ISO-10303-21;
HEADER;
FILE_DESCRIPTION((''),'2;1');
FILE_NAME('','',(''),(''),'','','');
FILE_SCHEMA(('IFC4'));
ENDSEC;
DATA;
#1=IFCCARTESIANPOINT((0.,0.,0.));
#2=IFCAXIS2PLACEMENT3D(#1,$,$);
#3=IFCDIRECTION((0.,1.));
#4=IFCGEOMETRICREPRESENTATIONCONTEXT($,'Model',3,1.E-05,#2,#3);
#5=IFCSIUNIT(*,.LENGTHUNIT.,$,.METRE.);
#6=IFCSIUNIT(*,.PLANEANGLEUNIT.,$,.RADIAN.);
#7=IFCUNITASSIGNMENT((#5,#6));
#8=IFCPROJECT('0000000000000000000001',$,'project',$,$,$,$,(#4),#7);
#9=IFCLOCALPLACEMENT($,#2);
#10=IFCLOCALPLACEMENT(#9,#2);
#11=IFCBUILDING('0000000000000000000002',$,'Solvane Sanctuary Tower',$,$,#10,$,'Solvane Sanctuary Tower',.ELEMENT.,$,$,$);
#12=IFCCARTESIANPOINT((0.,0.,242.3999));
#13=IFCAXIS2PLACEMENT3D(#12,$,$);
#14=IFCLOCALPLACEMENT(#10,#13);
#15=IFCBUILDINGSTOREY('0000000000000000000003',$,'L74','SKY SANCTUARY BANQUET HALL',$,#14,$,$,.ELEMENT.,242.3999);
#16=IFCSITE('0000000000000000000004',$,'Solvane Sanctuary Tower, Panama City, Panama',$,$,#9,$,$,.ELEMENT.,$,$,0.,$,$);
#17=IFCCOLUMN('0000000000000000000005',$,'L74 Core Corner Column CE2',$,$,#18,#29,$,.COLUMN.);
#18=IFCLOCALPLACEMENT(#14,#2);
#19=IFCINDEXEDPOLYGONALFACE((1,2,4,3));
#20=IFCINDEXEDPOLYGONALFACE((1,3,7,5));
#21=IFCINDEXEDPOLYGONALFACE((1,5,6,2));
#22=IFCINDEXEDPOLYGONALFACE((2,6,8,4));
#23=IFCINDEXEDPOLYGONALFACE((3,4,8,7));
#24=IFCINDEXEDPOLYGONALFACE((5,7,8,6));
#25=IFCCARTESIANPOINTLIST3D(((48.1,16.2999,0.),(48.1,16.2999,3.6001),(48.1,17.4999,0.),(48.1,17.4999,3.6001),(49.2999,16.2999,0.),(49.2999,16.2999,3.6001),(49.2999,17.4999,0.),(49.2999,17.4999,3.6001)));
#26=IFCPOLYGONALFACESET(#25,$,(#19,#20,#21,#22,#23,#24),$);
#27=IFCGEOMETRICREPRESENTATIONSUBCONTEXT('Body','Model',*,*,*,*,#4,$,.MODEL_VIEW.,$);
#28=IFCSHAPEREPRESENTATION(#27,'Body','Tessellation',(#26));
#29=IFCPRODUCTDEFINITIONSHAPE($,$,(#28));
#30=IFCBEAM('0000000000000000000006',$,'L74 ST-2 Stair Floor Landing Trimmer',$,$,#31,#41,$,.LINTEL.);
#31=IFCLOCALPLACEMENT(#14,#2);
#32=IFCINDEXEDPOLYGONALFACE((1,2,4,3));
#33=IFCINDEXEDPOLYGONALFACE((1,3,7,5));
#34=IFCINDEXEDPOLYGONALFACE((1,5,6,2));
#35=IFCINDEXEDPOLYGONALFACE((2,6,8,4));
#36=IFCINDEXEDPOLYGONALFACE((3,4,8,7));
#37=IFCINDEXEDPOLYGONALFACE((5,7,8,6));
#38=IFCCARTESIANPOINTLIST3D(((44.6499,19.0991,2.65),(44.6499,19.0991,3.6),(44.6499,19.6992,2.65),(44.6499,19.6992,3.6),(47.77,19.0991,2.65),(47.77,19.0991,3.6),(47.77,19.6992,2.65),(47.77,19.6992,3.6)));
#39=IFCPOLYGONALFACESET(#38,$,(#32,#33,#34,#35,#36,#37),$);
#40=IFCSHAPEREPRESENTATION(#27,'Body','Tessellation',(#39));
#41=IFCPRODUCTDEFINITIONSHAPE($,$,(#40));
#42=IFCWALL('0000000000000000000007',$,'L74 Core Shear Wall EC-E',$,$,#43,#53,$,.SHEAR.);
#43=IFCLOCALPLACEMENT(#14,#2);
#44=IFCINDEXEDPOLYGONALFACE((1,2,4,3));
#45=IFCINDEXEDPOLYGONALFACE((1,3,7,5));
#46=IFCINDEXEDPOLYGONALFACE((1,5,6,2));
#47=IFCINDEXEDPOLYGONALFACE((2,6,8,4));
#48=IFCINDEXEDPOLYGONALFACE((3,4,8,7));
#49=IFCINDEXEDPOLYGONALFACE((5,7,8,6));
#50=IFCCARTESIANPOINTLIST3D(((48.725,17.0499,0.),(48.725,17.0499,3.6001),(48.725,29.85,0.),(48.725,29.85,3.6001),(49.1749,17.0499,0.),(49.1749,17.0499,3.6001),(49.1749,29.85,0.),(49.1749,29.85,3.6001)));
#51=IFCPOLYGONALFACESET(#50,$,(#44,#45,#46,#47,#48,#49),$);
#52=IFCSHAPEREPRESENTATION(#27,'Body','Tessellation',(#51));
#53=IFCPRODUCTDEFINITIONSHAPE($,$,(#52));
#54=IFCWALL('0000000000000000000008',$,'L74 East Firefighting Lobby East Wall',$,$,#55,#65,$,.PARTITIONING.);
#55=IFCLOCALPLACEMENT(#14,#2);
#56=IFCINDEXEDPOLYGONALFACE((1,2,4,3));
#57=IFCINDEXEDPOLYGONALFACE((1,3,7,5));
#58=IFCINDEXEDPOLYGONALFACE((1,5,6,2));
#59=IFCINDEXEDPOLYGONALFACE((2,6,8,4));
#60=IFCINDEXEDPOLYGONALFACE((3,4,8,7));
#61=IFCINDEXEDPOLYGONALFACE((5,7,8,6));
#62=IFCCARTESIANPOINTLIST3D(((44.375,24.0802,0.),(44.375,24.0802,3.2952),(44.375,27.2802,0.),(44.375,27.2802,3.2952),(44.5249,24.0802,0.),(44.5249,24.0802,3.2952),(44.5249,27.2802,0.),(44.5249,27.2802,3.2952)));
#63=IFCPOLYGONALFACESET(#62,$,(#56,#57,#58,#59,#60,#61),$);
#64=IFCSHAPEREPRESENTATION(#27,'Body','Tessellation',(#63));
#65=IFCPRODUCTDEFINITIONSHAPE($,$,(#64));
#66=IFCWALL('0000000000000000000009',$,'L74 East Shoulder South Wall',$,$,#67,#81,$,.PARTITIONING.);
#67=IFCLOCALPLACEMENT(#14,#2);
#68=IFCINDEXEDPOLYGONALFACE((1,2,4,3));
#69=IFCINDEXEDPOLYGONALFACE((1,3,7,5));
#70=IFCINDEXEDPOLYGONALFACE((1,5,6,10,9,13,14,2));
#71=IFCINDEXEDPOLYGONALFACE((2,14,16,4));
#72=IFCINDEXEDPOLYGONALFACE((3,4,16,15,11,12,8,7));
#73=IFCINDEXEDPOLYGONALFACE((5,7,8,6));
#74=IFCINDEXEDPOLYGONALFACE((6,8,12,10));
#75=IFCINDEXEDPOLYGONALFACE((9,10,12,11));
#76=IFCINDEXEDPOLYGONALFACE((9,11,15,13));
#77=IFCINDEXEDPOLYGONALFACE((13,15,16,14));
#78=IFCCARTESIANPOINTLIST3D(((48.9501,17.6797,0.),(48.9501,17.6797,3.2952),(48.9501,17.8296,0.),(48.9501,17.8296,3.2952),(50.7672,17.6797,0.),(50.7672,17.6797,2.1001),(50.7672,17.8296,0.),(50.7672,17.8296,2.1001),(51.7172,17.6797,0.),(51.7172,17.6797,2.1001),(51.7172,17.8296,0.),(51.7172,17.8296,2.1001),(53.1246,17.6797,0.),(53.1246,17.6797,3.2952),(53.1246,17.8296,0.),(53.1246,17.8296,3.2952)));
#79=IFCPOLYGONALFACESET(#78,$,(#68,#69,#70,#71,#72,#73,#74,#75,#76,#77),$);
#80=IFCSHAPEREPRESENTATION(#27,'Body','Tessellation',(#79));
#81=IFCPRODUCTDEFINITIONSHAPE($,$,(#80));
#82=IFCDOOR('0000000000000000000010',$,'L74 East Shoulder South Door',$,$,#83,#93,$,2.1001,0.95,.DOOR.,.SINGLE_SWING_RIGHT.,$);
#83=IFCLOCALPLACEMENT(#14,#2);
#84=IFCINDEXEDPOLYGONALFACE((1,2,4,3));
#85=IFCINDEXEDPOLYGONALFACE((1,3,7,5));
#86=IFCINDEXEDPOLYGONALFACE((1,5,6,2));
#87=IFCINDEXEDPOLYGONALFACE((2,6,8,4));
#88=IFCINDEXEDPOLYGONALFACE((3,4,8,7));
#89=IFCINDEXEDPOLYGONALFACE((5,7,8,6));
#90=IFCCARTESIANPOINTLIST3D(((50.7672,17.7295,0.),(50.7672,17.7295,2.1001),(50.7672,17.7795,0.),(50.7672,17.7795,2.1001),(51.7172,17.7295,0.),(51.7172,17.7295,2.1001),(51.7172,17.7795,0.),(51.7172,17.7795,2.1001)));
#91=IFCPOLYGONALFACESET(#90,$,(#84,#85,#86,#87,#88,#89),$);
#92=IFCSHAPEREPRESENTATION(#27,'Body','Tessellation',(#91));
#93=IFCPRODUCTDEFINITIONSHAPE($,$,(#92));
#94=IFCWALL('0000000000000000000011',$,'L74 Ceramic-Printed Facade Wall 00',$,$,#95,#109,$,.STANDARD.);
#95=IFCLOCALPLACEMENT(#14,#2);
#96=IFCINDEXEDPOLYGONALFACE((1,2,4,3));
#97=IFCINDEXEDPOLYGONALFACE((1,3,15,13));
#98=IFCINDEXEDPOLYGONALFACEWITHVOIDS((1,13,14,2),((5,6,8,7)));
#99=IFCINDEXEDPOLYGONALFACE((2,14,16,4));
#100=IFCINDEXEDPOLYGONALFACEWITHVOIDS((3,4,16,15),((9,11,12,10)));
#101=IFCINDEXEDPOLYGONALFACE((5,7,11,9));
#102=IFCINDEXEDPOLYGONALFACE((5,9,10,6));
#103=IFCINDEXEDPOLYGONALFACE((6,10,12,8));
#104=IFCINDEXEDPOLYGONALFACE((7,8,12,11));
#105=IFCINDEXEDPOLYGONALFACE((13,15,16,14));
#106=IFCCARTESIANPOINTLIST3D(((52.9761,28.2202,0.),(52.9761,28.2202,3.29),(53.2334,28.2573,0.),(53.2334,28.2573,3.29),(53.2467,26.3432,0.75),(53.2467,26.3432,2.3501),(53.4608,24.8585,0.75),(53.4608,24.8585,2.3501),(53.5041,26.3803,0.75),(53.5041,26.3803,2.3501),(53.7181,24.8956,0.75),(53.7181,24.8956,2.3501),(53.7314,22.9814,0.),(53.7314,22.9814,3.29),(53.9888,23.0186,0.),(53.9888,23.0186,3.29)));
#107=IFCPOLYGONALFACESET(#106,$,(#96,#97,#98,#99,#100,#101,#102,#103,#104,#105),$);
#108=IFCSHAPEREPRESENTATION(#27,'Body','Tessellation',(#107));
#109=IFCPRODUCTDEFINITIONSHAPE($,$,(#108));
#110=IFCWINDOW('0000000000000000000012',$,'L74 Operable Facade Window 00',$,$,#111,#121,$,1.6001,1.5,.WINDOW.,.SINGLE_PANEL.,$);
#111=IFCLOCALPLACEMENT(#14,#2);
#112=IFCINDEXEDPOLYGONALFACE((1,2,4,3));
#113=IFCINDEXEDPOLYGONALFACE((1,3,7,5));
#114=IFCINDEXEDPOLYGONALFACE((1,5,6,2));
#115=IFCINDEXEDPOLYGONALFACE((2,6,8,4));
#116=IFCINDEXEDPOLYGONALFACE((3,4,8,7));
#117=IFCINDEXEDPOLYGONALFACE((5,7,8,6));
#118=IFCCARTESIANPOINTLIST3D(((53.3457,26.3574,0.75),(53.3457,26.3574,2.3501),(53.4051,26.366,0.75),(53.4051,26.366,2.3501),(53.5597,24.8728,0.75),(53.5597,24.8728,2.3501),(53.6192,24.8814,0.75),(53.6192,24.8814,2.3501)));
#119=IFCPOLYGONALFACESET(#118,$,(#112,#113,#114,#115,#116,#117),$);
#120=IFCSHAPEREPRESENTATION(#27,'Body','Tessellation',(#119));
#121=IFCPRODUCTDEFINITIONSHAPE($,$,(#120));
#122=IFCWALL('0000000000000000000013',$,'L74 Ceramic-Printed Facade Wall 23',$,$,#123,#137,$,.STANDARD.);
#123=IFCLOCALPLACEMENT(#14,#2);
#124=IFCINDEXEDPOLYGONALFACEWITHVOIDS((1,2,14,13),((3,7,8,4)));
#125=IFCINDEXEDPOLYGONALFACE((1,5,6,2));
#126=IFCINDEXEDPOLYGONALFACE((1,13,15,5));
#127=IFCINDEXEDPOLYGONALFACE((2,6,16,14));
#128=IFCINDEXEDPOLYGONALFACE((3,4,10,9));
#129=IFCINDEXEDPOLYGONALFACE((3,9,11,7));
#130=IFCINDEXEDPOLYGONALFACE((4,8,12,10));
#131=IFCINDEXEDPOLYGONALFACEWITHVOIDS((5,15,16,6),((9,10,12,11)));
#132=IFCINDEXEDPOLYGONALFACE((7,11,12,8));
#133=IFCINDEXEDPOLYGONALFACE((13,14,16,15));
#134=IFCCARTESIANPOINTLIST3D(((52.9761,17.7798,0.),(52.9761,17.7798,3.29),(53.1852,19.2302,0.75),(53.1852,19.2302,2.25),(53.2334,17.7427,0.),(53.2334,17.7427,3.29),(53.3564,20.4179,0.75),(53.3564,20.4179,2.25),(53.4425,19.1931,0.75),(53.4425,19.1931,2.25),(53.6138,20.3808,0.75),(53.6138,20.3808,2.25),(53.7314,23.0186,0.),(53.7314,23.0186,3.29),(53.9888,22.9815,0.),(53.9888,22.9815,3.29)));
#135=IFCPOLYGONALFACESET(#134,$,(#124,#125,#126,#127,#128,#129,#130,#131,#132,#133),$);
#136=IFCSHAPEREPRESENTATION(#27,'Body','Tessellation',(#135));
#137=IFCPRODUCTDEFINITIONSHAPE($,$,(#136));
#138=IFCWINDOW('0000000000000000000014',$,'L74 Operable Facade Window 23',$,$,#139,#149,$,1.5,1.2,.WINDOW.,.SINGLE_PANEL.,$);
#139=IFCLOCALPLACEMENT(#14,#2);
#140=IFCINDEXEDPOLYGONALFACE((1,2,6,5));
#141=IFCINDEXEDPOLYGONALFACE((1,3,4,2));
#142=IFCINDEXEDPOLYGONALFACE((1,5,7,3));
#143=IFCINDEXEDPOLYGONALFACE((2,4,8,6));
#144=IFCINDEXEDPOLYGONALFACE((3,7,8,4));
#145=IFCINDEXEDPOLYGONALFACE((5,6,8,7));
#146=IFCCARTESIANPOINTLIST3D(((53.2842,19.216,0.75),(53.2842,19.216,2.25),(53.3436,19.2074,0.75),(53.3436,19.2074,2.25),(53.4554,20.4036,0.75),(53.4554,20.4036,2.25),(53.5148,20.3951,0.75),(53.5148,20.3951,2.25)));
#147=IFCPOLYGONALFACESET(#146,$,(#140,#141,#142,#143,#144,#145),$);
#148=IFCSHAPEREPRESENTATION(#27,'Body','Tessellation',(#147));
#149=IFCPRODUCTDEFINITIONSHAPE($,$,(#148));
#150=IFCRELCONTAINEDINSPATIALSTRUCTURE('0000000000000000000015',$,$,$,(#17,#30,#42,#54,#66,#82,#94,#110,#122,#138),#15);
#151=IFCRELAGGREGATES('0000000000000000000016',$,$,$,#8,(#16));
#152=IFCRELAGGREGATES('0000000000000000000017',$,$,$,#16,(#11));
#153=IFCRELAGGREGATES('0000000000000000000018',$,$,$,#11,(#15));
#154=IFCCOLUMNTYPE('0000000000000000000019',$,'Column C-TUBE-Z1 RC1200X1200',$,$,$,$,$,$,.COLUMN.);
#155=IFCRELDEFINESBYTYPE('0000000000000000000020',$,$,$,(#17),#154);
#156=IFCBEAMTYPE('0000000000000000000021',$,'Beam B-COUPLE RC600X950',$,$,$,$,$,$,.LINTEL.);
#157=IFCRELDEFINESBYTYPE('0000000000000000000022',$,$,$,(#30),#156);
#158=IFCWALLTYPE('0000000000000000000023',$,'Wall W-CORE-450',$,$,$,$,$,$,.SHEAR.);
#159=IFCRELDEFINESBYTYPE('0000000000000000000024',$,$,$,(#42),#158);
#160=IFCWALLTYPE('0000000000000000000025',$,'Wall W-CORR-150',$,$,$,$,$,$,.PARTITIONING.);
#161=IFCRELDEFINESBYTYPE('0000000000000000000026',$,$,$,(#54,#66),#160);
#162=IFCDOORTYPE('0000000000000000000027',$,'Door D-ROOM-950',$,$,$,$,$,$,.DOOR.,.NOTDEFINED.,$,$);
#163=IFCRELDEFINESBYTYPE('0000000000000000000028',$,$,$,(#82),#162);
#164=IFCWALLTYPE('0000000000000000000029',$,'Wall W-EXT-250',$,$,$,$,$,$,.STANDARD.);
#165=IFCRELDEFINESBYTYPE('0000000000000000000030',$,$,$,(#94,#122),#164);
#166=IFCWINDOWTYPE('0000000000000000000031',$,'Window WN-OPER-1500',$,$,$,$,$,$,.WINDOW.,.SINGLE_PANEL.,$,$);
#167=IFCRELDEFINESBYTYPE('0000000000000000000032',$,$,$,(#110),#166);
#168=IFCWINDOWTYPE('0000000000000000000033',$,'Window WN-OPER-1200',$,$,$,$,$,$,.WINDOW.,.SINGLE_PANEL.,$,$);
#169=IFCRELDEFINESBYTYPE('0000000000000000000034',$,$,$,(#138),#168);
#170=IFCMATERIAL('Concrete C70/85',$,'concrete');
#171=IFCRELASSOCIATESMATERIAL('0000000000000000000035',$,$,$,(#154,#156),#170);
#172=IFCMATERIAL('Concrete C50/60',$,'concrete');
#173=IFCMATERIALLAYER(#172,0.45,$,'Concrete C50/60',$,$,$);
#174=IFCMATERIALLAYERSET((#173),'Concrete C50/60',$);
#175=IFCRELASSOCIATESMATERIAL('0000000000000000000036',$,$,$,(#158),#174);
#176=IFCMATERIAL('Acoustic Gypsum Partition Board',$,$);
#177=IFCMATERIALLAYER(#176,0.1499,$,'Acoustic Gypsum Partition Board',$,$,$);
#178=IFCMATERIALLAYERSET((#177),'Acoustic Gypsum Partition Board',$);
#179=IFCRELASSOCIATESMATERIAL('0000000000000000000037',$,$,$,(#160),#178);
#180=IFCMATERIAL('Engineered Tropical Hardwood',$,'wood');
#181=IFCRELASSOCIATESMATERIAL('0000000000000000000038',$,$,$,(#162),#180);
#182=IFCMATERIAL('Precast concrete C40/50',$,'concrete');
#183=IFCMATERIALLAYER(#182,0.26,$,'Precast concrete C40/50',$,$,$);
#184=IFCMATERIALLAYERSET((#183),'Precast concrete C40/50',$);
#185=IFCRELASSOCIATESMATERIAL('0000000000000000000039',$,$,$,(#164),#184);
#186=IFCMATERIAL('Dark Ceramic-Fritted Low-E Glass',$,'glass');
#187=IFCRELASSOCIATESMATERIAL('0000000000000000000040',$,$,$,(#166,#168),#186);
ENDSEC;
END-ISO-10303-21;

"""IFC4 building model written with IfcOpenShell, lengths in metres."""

from ifc_helpers import new_model, si_unit, direction, frame, frame_2d, origin, origin_2d, place, context, subcontext, project, spatial, rectangle, extrude, material, layer, layer_set, material_profile, profile_set, type_object, element, fill, save


model = new_model("IFC4")

# Units and contexts
model_context = context("Model", 3, precision=1e-05, world=origin(), true_north=direction((0.0, 1.0)))
body_context = subcontext(model_context, "Body", "Model", "MODEL_VIEW")
ifc_project = project(units=[si_unit("LENGTHUNIT", "METRE"), si_unit("PLANEANGLEUNIT", "RADIAN")], contexts=[model_context])

# Site, building, storey
site_placement = place(None, origin())
site = spatial("IfcSite", under=ifc_project, at=site_placement, Name="Solvane Sanctuary Tower, Panama City, Panama", CompositionType="ELEMENT", RefElevation=0.0)
building_placement = place(site_placement, origin())
building = spatial("IfcBuilding", under=site, at=building_placement, Name="Solvane Sanctuary Tower", LongName="Solvane Sanctuary Tower", CompositionType="ELEMENT")
storey_placement = place(building_placement, frame((0.0, 0.0, 242.3999)))
storey = spatial("IfcBuildingStorey", under=building, at=storey_placement, Name="L74", Description="SKY SANCTUARY BANQUET HALL", CompositionType="ELEMENT", Elevation=242.3999)

# Column
ifc_material_1 = material(Name="Concrete C70/85", Category="concrete")
ifc_material_profile_1 = material_profile(ifc_material_1, rectangle(XDim=1.2, YDim=1.2, at=origin_2d()), Name="RC1200X1200")
ifc_profile_set_1 = profile_set([ifc_material_profile_1], Name="Concrete C70/85")
column_type = type_object("IfcColumnType", Name="Column C-TUBE-Z1 RC1200X1200", PredefinedType="COLUMN", material=ifc_profile_set_1)
column_placement = place(storey_placement, frame((48.7, 16.8999, 0.0), z_axis=(0.0, 0.0, 1.0), x_axis=(1.0, 0.0, 0.0)))
element("IfcColumn", 1, at=column_placement, inside=storey, type_object=column_type, Name="L74 Core Corner Column CE2", PredefinedType="COLUMN", context=body_context, shape_type="SweptSolid", body=[
    extrude(rectangle(XDim=1.2, YDim=1.2, at=origin_2d()), origin(), (0.0, 0.0, 1.0), 3.6001),
])

# Beam
ifc_material_profile_2 = material_profile(ifc_material_1, rectangle(XDim=0.6001, YDim=0.95, at=origin_2d()), Name="RC600X950")
ifc_profile_set_2 = profile_set([ifc_material_profile_2], Name="Concrete C70/85")
beam_type = type_object("IfcBeamType", Name="Beam B-COUPLE RC600X950", PredefinedType="LINTEL", material=ifc_profile_set_2)
beam_placement = place(storey_placement, frame((44.6499, 19.3992, 3.125), z_axis=(1.0, 0.0, 0.0), x_axis=(0.0, 1.0, 0.0)))
element("IfcBeam", 2, at=beam_placement, inside=storey, type_object=beam_type, Name="L74 ST-2 Stair Floor Landing Trimmer", PredefinedType="LINTEL", context=body_context, shape_type="SweptSolid", body=[
    extrude(rectangle(XDim=0.6001, YDim=0.95, at=origin_2d()), origin(), (0.0, 0.0, 1.0), 3.1201),
])

# Walls
ifc_material_2 = material(Name="Concrete C50/60", Category="concrete")
ifc_layer_1 = layer(ifc_material_2, 0.45, Name="Concrete C50/60")
ifc_layer_set_1 = layer_set([ifc_layer_1], Name="Concrete C50/60")
wall_type_1 = type_object("IfcWallType", Name="Wall W-CORE-450", PredefinedType="SHEAR", material=ifc_layer_set_1)
wall_1_placement = place(storey_placement, frame((48.95, 17.05, 0.0), z_axis=(0.0, 0.0, 1.0), x_axis=(0.0, 1.0, 0.0)))
element("IfcWall", 3, at=wall_1_placement, inside=storey, type_object=wall_type_1, Name="L74 Core Shear Wall EC-E", PredefinedType="SHEAR", context=body_context, shape_type="SweptSolid", body=[
    extrude(rectangle(XDim=12.8, YDim=0.45, at=frame_2d((6.3999, 0.0))), origin(), (0.0, 0.0, 1.0), 3.6001),
])
ifc_material_3 = material(Name="Acoustic Gypsum Partition Board")
ifc_layer_2 = layer(ifc_material_3, 0.1499, Name="Acoustic Gypsum Partition Board")
ifc_layer_set_2 = layer_set([ifc_layer_2], Name="Acoustic Gypsum Partition Board")
wall_type_2 = type_object("IfcWallType", Name="Wall W-CORR-150", PredefinedType="PARTITIONING", material=ifc_layer_set_2)
wall_2_placement = place(storey_placement, frame((44.45, 24.0801, 0.0), z_axis=(0.0, 0.0, 1.0), x_axis=(0.0, 1.0, 0.0)))
element("IfcWall", 4, at=wall_2_placement, inside=storey, type_object=wall_type_2, Name="L74 East Firefighting Lobby East Wall", PredefinedType="PARTITIONING", context=body_context, shape_type="SweptSolid", body=[
    extrude(rectangle(XDim=3.2, YDim=0.1499, at=frame_2d((1.6001, 0.0))), origin(), (0.0, 0.0, 1.0), 3.2952),
])

# Wall, opening, door
wall_3_placement = place(storey_placement, frame((48.95, 17.7546, 0.0), z_axis=(0.0, 0.0, 1.0), x_axis=(1.0, 0.0, 0.0)))
wall_3 = element("IfcWall", 5, at=wall_3_placement, inside=storey, type_object=wall_type_2, Name="L74 East Shoulder South Wall", PredefinedType="PARTITIONING", context=body_context, shape_type="SweptSolid", body=[
    extrude(rectangle(XDim=4.1746, YDim=0.1499, at=frame_2d((2.0874, 0.0))), origin(), (0.0, 0.0, 1.0), 3.2952),
])
opening_1_placement = place(wall_3_placement, frame((1.8171, 0.0, 0.0)))
opening_1 = element("IfcOpeningElement", 6, at=opening_1_placement, cuts=wall_3, PredefinedType="OPENING", context=body_context, shape_type="SweptSolid", body=[
    extrude(rectangle(XDim=0.95, YDim=2.1001, at=frame_2d((0.4751, 1.05))), frame((0.0, 0.085, 0.0), z_axis=(0.0, -1.0, 0.0), x_axis=(1.0, 0.0, 0.0)), (0.0, 0.0, 1.0), 0.1699),
])
ifc_material_4 = material(Name="Engineered Tropical Hardwood", Category="wood")
door_type_1 = type_object("IfcDoorType", Name="Door D-ROOM-950", OperationType="NOTDEFINED", PredefinedType="DOOR", material=ifc_material_4)
door_1_placement = place(opening_1_placement, origin())
door_1 = element("IfcDoor", 7, at=door_1_placement, inside=storey, type_object=door_type_1, Name="L74 East Shoulder South Door", OperationType="SINGLE_SWING_RIGHT", OverallHeight=2.1001, OverallWidth=0.95, PredefinedType="DOOR", context=body_context, shape_type="SweptSolid", body=[
    extrude(rectangle(XDim=0.95, YDim=2.1001, at=frame_2d((0.4751, 1.05))), frame((0.0, 0.0249, 0.0), z_axis=(0.0, -1.0, 0.0), x_axis=(1.0, 0.0, 0.0)), (0.0, 0.0, 1.0), 0.05),
])
fill(opening_1, door_1)

# Walls, openings, windows
ifc_material_5 = material(Name="Precast concrete C40/50", Category="concrete")
ifc_layer_3 = layer(ifc_material_5, 0.26, Name="Precast concrete C40/50")
ifc_layer_set_3 = layer_set([ifc_layer_3], Name="Precast concrete C40/50")
wall_type_3 = type_object("IfcWallType", Name="Wall W-EXT-250", PredefinedType="STANDARD", material=ifc_layer_set_3)
wall_4_placement = place(storey_placement, frame((53.8601, 23.0, 0.0), z_axis=(0.0, 0.0, 1.0), x_axis=(-0.142713, 0.989764, 0.0)))
wall_4 = element("IfcWall", 8, at=wall_4_placement, inside=storey, type_object=wall_type_3, Name="L74 Ceramic-Printed Facade Wall 00", PredefinedType="STANDARD", context=body_context, shape_type="SweptSolid", body=[
    extrude(rectangle(XDim=5.293, YDim=0.26, at=frame_2d((2.6465, 0.0))), origin(), (0.0, 0.0, 1.0), 3.29),
])
opening_2_placement = place(wall_4_placement, frame((1.8965, 0.0, 0.75)))
opening_2 = element("IfcOpeningElement", 9, at=opening_2_placement, cuts=wall_4, PredefinedType="OPENING", context=body_context, shape_type="SweptSolid", body=[
    extrude(rectangle(XDim=1.5, YDim=1.6001, at=frame_2d((0.75, 0.8))), frame((0.0, 0.1399, 0.0), z_axis=(0.0, -1.0, 0.0), x_axis=(1.0, 0.0, 0.0)), (0.0, 0.0, 1.0), 0.28),
])
ifc_material_6 = material(Name="Dark Ceramic-Fritted Low-E Glass", Category="glass")
window_type_1 = type_object("IfcWindowType", Name="Window WN-OPER-1500", PartitioningType="SINGLE_PANEL", PredefinedType="WINDOW", material=ifc_material_6)
window_1_placement = place(opening_2_placement, origin())
window_1 = element("IfcWindow", 10, at=window_1_placement, inside=storey, type_object=window_type_1, Name="L74 Operable Facade Window 00", OverallHeight=1.6001, OverallWidth=1.5, PartitioningType="SINGLE_PANEL", PredefinedType="WINDOW", context=body_context, shape_type="SweptSolid", body=[
    extrude(rectangle(XDim=1.5, YDim=1.6001, at=frame_2d((0.75, 0.8))), frame((0.0, 0.03, 0.0), z_axis=(0.0, -1.0, 0.0), x_axis=(1.0, 0.0, 0.0)), (0.0, 0.0, 1.0), 0.0601),
])
fill(opening_2, window_1)
wall_5_placement = place(storey_placement, frame((53.1047, 17.7612, 0.0), z_axis=(0.0, 0.0, 1.0), x_axis=(0.142713, 0.989764, 0.0)))
wall_5 = element("IfcWall", 11, at=wall_5_placement, inside=storey, type_object=wall_type_3, Name="L74 Ceramic-Printed Facade Wall 23", PredefinedType="STANDARD", context=body_context, shape_type="SweptSolid", body=[
    extrude(rectangle(XDim=5.293, YDim=0.26, at=frame_2d((2.6465, 0.0))), origin(), (0.0, 0.0, 1.0), 3.29),
])
opening_3_placement = place(wall_5_placement, frame((1.4653, 0.0, 0.75)))
opening_3 = element("IfcOpeningElement", 12, at=opening_3_placement, cuts=wall_5, PredefinedType="OPENING", context=body_context, shape_type="SweptSolid", body=[
    extrude(rectangle(XDim=1.2, YDim=1.5, at=frame_2d((0.6001, 0.75))), frame((0.0, 0.1399, 0.0), z_axis=(0.0, -1.0, 0.0), x_axis=(1.0, 0.0, 0.0)), (0.0, 0.0, 1.0), 0.28),
])
window_type_2 = type_object("IfcWindowType", Name="Window WN-OPER-1200", PartitioningType="SINGLE_PANEL", PredefinedType="WINDOW", material=ifc_material_6)
window_2_placement = place(opening_3_placement, origin())
window_2 = element("IfcWindow", 13, at=window_2_placement, inside=storey, type_object=window_type_2, Name="L74 Operable Facade Window 23", OverallHeight=1.5, OverallWidth=1.2, PartitioningType="SINGLE_PANEL", PredefinedType="WINDOW", context=body_context, shape_type="SweptSolid", body=[
    extrude(rectangle(XDim=1.2, YDim=1.5, at=frame_2d((0.6001, 0.75))), frame((0.0, 0.03, 0.0), z_axis=(0.0, -1.0, 0.0), x_axis=(1.0, 0.0, 0.0)), (0.0, 0.0, 1.0), 0.0601),
])
fill(opening_3, window_2)

save(model, "model.ifc")
